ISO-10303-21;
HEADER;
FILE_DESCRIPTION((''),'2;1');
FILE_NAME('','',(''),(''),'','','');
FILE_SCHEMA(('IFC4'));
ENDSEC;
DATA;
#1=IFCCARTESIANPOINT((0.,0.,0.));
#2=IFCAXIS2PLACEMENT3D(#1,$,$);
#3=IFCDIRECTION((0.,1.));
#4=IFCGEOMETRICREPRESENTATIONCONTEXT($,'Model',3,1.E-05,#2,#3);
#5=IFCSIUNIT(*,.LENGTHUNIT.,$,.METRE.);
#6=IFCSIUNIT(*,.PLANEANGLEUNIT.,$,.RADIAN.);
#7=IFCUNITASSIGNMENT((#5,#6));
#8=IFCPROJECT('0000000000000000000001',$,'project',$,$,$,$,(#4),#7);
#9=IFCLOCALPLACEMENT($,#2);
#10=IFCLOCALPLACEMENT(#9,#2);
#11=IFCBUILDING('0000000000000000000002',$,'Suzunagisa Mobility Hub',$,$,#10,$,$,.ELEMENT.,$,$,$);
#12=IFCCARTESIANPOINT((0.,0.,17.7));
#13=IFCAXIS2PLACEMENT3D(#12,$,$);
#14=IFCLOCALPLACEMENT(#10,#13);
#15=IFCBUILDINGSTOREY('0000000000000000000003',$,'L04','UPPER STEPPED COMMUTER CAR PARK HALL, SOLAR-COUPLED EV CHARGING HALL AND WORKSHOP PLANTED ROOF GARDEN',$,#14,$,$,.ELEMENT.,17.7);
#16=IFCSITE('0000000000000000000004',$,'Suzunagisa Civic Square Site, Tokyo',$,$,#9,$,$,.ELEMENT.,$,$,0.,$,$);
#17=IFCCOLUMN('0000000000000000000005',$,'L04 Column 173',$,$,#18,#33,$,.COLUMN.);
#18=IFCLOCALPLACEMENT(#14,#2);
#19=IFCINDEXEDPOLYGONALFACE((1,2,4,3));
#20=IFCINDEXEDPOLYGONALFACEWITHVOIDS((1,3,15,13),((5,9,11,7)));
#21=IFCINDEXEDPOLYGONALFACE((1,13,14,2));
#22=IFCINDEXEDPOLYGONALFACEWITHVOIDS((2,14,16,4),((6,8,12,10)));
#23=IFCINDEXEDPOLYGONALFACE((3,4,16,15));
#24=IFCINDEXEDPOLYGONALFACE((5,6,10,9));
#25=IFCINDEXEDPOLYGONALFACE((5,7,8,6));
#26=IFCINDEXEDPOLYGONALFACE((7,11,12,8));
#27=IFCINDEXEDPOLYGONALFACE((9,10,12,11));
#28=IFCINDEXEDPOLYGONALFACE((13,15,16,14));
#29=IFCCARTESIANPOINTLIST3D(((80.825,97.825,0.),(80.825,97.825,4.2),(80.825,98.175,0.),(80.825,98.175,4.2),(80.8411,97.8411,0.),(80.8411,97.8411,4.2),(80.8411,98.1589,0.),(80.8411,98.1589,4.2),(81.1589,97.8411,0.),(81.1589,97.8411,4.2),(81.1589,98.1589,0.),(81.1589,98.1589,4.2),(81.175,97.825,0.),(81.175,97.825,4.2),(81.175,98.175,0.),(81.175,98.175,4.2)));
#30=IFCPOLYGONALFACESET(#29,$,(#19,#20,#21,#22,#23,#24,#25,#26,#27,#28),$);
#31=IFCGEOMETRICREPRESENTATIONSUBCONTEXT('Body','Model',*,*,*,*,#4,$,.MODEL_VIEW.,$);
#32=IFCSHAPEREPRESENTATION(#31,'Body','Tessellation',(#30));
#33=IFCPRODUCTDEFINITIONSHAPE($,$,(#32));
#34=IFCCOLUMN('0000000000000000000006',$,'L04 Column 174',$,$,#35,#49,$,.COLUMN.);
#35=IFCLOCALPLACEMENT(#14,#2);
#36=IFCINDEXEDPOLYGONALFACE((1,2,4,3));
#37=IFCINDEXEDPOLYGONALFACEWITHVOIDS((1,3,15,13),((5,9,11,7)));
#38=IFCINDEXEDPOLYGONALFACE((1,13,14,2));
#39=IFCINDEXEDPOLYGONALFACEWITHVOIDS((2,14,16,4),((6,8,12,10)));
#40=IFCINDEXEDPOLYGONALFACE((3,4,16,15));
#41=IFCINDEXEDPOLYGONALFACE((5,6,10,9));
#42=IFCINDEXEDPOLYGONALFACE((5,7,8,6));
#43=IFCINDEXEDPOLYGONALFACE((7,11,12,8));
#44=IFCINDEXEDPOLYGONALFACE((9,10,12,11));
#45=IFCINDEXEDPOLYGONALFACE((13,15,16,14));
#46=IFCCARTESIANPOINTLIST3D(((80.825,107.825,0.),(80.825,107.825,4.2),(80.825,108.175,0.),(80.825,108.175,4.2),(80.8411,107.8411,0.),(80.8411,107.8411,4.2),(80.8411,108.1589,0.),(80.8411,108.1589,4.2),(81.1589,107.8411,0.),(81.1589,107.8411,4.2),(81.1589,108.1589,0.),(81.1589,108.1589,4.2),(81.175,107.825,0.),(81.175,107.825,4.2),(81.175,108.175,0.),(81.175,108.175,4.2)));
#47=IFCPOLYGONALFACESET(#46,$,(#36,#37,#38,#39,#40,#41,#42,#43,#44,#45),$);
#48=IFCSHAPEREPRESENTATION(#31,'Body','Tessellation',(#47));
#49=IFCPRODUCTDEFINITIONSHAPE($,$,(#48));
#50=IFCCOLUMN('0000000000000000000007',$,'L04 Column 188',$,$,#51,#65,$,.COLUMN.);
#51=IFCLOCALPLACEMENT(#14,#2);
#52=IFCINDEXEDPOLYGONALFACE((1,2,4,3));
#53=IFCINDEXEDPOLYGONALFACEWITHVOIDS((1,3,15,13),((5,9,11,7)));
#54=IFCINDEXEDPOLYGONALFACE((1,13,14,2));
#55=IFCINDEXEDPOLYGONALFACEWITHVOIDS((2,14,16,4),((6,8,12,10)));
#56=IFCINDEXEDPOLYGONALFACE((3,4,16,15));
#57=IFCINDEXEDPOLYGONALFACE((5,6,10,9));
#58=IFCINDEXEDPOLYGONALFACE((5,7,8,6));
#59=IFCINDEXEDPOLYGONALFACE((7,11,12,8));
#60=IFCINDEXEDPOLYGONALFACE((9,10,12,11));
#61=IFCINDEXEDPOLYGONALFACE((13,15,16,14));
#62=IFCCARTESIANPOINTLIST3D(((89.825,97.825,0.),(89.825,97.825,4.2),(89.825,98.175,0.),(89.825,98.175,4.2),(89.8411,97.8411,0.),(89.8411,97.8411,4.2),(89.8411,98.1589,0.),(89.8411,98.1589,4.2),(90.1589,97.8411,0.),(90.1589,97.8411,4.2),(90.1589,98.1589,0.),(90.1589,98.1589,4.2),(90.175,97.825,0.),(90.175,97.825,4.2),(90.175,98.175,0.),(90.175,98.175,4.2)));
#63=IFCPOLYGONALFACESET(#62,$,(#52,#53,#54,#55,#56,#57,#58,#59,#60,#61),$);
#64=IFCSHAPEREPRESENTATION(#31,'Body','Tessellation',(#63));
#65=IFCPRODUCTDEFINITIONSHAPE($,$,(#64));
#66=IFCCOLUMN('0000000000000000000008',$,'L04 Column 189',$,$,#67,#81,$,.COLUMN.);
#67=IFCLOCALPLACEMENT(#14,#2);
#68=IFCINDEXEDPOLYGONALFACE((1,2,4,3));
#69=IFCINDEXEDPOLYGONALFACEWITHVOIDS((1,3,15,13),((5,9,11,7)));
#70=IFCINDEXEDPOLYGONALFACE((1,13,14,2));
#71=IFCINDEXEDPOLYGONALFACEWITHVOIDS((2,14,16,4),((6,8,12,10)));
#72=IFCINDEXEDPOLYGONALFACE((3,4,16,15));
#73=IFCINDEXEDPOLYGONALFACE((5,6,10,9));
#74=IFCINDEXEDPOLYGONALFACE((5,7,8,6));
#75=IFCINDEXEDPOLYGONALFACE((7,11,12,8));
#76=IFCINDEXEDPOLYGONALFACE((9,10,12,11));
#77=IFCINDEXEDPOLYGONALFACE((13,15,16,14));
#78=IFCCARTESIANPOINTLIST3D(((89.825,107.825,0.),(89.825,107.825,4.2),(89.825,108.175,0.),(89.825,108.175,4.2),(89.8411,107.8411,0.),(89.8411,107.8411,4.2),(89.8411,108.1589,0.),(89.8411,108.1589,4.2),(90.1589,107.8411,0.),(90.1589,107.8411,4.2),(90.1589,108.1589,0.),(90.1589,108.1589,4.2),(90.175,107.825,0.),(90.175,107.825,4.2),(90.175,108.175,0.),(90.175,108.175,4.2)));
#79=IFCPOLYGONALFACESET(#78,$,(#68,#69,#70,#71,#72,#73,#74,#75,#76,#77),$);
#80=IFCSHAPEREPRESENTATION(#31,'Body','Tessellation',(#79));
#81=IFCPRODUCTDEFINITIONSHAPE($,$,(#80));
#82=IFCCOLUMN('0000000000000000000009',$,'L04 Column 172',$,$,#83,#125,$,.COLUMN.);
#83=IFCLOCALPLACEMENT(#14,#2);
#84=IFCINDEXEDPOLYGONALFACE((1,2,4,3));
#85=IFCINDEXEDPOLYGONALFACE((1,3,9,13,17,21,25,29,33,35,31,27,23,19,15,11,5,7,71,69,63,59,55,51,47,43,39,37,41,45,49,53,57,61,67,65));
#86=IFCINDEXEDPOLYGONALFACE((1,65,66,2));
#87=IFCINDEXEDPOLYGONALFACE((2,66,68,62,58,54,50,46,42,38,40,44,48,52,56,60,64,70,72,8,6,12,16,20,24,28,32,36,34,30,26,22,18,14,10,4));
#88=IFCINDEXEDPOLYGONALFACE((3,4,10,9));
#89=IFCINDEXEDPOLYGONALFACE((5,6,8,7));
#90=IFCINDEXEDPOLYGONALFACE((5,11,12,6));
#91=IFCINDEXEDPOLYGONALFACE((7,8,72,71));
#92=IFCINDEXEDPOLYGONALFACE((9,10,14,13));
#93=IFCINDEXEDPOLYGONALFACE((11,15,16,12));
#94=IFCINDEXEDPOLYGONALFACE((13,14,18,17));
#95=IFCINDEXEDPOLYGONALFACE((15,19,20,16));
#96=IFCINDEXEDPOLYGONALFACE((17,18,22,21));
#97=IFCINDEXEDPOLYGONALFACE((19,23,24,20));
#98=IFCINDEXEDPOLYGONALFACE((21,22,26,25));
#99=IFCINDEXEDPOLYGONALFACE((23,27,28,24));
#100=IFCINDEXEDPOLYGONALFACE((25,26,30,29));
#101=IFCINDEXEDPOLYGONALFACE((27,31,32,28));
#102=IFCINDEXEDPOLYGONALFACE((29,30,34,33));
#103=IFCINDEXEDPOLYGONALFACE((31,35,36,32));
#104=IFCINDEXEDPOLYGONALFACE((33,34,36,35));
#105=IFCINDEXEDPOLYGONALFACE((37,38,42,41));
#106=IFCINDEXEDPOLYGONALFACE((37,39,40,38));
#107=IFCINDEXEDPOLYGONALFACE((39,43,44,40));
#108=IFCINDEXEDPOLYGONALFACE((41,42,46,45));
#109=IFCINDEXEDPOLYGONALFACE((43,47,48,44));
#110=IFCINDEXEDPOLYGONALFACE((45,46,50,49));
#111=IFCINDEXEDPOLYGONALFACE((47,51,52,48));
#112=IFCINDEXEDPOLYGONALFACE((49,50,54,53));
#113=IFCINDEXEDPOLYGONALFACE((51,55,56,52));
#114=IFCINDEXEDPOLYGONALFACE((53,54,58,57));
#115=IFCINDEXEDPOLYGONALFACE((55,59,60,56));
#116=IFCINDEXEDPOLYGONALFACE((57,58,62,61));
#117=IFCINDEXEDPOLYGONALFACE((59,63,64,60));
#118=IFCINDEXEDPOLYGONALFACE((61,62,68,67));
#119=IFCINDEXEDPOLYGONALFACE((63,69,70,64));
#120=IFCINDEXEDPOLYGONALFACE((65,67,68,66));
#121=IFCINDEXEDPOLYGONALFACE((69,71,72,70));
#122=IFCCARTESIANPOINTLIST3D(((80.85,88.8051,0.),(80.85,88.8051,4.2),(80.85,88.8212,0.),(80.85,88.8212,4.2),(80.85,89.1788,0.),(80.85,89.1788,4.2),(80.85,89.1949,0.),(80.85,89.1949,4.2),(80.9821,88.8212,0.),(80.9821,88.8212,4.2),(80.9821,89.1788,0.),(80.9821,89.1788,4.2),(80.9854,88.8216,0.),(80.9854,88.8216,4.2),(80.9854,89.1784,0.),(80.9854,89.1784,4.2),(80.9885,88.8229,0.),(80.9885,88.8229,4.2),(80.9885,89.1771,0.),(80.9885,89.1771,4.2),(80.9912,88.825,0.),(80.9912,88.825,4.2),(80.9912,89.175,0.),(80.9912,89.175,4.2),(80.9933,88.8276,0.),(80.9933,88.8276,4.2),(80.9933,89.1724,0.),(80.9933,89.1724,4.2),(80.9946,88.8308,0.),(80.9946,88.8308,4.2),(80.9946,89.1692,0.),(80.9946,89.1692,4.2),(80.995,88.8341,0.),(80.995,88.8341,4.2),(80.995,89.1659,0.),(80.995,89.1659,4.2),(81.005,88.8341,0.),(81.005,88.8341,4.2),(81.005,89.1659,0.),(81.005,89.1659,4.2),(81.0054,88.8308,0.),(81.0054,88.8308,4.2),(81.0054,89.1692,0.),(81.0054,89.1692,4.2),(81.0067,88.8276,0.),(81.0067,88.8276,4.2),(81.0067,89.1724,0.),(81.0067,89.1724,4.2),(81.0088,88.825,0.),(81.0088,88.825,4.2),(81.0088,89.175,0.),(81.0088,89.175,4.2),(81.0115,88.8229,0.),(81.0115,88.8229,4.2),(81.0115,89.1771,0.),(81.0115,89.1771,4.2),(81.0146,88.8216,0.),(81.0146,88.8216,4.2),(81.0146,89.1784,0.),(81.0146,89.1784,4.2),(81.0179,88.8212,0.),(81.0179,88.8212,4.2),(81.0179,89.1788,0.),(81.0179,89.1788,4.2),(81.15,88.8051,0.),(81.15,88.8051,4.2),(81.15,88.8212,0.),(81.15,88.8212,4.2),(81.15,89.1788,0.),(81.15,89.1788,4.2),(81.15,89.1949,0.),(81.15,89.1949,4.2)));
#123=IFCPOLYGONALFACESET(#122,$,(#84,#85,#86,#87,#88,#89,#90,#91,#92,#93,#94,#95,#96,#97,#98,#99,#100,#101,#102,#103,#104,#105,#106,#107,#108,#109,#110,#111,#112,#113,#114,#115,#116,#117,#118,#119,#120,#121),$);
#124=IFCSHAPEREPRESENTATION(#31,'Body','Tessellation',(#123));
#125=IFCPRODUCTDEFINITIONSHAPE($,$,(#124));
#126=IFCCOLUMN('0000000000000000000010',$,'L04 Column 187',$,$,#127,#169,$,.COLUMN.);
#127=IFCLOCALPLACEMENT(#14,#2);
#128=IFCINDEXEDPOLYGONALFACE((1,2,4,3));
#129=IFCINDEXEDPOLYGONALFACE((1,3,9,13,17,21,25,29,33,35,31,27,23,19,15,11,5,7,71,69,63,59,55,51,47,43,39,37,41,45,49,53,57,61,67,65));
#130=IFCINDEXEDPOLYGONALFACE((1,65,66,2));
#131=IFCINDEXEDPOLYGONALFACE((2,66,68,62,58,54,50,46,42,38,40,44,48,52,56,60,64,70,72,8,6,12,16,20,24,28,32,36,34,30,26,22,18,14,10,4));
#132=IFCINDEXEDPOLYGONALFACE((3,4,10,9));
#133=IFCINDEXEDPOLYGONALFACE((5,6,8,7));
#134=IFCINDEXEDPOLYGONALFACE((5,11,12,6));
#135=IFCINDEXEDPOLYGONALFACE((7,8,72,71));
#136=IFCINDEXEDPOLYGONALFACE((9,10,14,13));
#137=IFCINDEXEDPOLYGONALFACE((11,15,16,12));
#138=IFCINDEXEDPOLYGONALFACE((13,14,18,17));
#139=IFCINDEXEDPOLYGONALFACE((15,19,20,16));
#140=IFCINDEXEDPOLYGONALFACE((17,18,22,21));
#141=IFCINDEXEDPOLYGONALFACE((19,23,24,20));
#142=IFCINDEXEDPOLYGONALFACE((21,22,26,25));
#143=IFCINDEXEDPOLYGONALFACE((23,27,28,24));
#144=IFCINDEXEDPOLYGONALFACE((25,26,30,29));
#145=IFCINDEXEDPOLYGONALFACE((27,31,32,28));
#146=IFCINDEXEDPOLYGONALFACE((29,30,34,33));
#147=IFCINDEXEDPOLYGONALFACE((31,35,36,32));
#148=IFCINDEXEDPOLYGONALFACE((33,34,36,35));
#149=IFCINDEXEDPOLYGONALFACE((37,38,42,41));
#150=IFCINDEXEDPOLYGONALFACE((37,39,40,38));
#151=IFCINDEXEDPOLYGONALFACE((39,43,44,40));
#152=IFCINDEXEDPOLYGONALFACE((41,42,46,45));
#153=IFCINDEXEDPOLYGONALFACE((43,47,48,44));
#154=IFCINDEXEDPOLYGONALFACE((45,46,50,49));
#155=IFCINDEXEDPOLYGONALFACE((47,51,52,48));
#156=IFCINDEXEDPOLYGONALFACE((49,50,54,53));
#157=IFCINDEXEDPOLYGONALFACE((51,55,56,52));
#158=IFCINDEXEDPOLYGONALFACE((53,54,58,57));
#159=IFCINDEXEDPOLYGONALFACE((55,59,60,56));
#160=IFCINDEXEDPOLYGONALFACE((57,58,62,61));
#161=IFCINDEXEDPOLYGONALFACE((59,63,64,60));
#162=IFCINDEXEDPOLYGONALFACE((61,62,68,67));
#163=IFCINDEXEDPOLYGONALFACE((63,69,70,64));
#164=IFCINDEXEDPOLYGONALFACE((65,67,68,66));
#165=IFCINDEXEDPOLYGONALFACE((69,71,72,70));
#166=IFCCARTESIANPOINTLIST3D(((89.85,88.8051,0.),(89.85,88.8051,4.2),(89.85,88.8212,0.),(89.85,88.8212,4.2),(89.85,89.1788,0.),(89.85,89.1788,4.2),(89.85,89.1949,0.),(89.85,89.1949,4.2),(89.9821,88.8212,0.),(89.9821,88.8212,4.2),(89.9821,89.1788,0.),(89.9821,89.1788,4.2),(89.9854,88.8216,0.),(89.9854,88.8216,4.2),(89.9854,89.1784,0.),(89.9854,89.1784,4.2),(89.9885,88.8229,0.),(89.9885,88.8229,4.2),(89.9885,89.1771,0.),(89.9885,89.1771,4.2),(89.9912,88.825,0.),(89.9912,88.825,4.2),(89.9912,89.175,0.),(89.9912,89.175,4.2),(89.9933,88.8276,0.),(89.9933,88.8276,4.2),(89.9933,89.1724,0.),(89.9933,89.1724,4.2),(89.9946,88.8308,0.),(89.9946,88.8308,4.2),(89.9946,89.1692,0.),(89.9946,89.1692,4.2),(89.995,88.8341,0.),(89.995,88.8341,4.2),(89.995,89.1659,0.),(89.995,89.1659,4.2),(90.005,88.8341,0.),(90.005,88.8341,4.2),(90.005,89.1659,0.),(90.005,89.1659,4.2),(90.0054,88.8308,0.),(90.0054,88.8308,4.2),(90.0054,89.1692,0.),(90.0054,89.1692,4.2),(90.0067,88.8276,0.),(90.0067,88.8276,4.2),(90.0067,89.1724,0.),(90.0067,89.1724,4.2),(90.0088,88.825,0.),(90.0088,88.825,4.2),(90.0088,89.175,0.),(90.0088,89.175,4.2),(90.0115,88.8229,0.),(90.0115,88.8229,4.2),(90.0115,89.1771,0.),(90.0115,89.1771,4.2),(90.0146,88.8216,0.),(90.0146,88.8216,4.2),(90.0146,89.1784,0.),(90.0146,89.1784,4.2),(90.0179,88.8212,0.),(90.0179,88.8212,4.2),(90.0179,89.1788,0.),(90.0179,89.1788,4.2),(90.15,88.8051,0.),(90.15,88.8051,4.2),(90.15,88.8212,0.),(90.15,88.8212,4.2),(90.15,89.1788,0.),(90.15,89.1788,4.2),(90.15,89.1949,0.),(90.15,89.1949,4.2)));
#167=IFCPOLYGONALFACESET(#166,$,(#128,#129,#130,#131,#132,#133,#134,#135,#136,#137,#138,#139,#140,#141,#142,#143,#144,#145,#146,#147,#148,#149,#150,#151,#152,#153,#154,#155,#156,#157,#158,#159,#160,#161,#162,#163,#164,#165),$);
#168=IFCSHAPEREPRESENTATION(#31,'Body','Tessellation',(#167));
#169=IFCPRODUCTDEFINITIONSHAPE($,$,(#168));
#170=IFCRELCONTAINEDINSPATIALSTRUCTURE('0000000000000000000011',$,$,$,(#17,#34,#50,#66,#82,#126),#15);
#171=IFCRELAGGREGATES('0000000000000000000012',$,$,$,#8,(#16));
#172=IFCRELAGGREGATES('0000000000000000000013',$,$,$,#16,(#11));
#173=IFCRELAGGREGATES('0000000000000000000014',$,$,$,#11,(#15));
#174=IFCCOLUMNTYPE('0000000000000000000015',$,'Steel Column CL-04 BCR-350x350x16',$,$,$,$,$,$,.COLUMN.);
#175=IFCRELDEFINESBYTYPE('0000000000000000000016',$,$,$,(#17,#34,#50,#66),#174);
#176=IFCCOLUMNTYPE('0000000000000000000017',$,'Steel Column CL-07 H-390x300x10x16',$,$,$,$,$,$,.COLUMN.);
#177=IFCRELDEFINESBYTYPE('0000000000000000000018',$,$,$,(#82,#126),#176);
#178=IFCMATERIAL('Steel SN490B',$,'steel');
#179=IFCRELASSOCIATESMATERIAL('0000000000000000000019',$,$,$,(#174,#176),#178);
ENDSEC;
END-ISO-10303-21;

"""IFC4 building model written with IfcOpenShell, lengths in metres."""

from ifc_helpers import new_model, si_unit, direction, frame, origin, origin_2d, place, context, subcontext, project, spatial, hollow_rectangle, i_section, extrude, material, material_profile, profile_set, type_object, element, save


model = new_model("IFC4")

# Units and contexts
model_context = context("Model", 3, precision=1e-05, world=origin(), true_north=direction((0.0, 1.0)))
body_context = subcontext(model_context, "Body", "Model", "MODEL_VIEW")
ifc_project = project(units=[si_unit("LENGTHUNIT", "METRE"), si_unit("PLANEANGLEUNIT", "RADIAN")], contexts=[model_context])

# Site, building, storey
site_placement = place(None, origin())
site = spatial("IfcSite", under=ifc_project, at=site_placement, Name="Suzunagisa Civic Square Site, Tokyo", CompositionType="ELEMENT", RefElevation=0.0)
building_placement = place(site_placement, origin())
building = spatial("IfcBuilding", under=site, at=building_placement, Name="Suzunagisa Mobility Hub", CompositionType="ELEMENT")
storey_placement = place(building_placement, frame((0.0, 0.0, 17.7)))
storey = spatial("IfcBuildingStorey", under=building, at=storey_placement, Name="L04", Description="UPPER STEPPED COMMUTER CAR PARK HALL, SOLAR-COUPLED EV CHARGING HALL AND WORKSHOP PLANTED ROOF GARDEN", CompositionType="ELEMENT", Elevation=17.7)

# Columns
ifc_material_1 = material(Name="Steel SN490B", Category="steel")
ifc_material_profile_1 = material_profile(ifc_material_1, hollow_rectangle(XDim=0.3501, YDim=0.3501, WallThickness=0.0161, at=origin_2d()), Name="BCR-350x350x16")
ifc_profile_set_1 = profile_set([ifc_material_profile_1], Name="Steel SN490B")
column_type_1 = type_object("IfcColumnType", Name="Steel Column CL-04 BCR-350x350x16", PredefinedType="COLUMN", material=ifc_profile_set_1)
for number, where, z_axis, x_axis, name in (
    (1, (81.0, 98.0, 0.0), (0.0, 0.0, 1.0), (1.0, 0.0, 0.0), "L04 Column 173"),
    (2, (81.0, 108.0, 0.0), (0.0, 0.0, 1.0), (1.0, 0.0, 0.0), "L04 Column 174"),
    (3, (90.0, 98.0, 0.0), (0.0, 0.0, 1.0), (1.0, 0.0, 0.0), "L04 Column 188"),
    (4, (90.0, 108.0, 0.0), (0.0, 0.0, 1.0), (1.0, 0.0, 0.0), "L04 Column 189"),
):
    element("IfcColumn", number, at=place(storey_placement, frame(where, z_axis=z_axis, x_axis=x_axis)), inside=storey, type_object=column_type_1, Name=name, PredefinedType="COLUMN", context=body_context, shape_type="SweptSolid", body=[
        extrude(hollow_rectangle(XDim=0.3501, YDim=0.3501, WallThickness=0.0161, at=origin_2d()), origin(), (0.0, 0.0, 1.0), 4.2),
    ])
ifc_material_profile_2 = material_profile(ifc_material_1, i_section(OverallWidth=0.3, OverallDepth=0.3899, WebThickness=0.01, FlangeThickness=0.0161, FilletRadius=0.0129, at=origin_2d()), Name="H-390x300x10x16")
ifc_profile_set_2 = profile_set([ifc_material_profile_2], Name="Steel SN490B")
column_type_2 = type_object("IfcColumnType", Name="Steel Column CL-07 H-390x300x10x16", PredefinedType="COLUMN", material=ifc_profile_set_2)
for number, where, z_axis, x_axis, name in (
    (5, (81.0, 89.0, 0.0), (0.0, 0.0, 1.0), (1.0, 0.0, 0.0), "L04 Column 172"),
    (6, (90.0, 89.0, 0.0), (0.0, 0.0, 1.0), (1.0, 0.0, 0.0), "L04 Column 187"),
):
    element("IfcColumn", number, at=place(storey_placement, frame(where, z_axis=z_axis, x_axis=x_axis)), inside=storey, type_object=column_type_2, Name=name, PredefinedType="COLUMN", context=body_context, shape_type="SweptSolid", body=[
        extrude(i_section(OverallWidth=0.3, OverallDepth=0.3899, WebThickness=0.01, FlangeThickness=0.0161, FilletRadius=0.0129, at=origin_2d()), origin(), (0.0, 0.0, 1.0), 4.2),
    ])

save(model, "model.ifc")
